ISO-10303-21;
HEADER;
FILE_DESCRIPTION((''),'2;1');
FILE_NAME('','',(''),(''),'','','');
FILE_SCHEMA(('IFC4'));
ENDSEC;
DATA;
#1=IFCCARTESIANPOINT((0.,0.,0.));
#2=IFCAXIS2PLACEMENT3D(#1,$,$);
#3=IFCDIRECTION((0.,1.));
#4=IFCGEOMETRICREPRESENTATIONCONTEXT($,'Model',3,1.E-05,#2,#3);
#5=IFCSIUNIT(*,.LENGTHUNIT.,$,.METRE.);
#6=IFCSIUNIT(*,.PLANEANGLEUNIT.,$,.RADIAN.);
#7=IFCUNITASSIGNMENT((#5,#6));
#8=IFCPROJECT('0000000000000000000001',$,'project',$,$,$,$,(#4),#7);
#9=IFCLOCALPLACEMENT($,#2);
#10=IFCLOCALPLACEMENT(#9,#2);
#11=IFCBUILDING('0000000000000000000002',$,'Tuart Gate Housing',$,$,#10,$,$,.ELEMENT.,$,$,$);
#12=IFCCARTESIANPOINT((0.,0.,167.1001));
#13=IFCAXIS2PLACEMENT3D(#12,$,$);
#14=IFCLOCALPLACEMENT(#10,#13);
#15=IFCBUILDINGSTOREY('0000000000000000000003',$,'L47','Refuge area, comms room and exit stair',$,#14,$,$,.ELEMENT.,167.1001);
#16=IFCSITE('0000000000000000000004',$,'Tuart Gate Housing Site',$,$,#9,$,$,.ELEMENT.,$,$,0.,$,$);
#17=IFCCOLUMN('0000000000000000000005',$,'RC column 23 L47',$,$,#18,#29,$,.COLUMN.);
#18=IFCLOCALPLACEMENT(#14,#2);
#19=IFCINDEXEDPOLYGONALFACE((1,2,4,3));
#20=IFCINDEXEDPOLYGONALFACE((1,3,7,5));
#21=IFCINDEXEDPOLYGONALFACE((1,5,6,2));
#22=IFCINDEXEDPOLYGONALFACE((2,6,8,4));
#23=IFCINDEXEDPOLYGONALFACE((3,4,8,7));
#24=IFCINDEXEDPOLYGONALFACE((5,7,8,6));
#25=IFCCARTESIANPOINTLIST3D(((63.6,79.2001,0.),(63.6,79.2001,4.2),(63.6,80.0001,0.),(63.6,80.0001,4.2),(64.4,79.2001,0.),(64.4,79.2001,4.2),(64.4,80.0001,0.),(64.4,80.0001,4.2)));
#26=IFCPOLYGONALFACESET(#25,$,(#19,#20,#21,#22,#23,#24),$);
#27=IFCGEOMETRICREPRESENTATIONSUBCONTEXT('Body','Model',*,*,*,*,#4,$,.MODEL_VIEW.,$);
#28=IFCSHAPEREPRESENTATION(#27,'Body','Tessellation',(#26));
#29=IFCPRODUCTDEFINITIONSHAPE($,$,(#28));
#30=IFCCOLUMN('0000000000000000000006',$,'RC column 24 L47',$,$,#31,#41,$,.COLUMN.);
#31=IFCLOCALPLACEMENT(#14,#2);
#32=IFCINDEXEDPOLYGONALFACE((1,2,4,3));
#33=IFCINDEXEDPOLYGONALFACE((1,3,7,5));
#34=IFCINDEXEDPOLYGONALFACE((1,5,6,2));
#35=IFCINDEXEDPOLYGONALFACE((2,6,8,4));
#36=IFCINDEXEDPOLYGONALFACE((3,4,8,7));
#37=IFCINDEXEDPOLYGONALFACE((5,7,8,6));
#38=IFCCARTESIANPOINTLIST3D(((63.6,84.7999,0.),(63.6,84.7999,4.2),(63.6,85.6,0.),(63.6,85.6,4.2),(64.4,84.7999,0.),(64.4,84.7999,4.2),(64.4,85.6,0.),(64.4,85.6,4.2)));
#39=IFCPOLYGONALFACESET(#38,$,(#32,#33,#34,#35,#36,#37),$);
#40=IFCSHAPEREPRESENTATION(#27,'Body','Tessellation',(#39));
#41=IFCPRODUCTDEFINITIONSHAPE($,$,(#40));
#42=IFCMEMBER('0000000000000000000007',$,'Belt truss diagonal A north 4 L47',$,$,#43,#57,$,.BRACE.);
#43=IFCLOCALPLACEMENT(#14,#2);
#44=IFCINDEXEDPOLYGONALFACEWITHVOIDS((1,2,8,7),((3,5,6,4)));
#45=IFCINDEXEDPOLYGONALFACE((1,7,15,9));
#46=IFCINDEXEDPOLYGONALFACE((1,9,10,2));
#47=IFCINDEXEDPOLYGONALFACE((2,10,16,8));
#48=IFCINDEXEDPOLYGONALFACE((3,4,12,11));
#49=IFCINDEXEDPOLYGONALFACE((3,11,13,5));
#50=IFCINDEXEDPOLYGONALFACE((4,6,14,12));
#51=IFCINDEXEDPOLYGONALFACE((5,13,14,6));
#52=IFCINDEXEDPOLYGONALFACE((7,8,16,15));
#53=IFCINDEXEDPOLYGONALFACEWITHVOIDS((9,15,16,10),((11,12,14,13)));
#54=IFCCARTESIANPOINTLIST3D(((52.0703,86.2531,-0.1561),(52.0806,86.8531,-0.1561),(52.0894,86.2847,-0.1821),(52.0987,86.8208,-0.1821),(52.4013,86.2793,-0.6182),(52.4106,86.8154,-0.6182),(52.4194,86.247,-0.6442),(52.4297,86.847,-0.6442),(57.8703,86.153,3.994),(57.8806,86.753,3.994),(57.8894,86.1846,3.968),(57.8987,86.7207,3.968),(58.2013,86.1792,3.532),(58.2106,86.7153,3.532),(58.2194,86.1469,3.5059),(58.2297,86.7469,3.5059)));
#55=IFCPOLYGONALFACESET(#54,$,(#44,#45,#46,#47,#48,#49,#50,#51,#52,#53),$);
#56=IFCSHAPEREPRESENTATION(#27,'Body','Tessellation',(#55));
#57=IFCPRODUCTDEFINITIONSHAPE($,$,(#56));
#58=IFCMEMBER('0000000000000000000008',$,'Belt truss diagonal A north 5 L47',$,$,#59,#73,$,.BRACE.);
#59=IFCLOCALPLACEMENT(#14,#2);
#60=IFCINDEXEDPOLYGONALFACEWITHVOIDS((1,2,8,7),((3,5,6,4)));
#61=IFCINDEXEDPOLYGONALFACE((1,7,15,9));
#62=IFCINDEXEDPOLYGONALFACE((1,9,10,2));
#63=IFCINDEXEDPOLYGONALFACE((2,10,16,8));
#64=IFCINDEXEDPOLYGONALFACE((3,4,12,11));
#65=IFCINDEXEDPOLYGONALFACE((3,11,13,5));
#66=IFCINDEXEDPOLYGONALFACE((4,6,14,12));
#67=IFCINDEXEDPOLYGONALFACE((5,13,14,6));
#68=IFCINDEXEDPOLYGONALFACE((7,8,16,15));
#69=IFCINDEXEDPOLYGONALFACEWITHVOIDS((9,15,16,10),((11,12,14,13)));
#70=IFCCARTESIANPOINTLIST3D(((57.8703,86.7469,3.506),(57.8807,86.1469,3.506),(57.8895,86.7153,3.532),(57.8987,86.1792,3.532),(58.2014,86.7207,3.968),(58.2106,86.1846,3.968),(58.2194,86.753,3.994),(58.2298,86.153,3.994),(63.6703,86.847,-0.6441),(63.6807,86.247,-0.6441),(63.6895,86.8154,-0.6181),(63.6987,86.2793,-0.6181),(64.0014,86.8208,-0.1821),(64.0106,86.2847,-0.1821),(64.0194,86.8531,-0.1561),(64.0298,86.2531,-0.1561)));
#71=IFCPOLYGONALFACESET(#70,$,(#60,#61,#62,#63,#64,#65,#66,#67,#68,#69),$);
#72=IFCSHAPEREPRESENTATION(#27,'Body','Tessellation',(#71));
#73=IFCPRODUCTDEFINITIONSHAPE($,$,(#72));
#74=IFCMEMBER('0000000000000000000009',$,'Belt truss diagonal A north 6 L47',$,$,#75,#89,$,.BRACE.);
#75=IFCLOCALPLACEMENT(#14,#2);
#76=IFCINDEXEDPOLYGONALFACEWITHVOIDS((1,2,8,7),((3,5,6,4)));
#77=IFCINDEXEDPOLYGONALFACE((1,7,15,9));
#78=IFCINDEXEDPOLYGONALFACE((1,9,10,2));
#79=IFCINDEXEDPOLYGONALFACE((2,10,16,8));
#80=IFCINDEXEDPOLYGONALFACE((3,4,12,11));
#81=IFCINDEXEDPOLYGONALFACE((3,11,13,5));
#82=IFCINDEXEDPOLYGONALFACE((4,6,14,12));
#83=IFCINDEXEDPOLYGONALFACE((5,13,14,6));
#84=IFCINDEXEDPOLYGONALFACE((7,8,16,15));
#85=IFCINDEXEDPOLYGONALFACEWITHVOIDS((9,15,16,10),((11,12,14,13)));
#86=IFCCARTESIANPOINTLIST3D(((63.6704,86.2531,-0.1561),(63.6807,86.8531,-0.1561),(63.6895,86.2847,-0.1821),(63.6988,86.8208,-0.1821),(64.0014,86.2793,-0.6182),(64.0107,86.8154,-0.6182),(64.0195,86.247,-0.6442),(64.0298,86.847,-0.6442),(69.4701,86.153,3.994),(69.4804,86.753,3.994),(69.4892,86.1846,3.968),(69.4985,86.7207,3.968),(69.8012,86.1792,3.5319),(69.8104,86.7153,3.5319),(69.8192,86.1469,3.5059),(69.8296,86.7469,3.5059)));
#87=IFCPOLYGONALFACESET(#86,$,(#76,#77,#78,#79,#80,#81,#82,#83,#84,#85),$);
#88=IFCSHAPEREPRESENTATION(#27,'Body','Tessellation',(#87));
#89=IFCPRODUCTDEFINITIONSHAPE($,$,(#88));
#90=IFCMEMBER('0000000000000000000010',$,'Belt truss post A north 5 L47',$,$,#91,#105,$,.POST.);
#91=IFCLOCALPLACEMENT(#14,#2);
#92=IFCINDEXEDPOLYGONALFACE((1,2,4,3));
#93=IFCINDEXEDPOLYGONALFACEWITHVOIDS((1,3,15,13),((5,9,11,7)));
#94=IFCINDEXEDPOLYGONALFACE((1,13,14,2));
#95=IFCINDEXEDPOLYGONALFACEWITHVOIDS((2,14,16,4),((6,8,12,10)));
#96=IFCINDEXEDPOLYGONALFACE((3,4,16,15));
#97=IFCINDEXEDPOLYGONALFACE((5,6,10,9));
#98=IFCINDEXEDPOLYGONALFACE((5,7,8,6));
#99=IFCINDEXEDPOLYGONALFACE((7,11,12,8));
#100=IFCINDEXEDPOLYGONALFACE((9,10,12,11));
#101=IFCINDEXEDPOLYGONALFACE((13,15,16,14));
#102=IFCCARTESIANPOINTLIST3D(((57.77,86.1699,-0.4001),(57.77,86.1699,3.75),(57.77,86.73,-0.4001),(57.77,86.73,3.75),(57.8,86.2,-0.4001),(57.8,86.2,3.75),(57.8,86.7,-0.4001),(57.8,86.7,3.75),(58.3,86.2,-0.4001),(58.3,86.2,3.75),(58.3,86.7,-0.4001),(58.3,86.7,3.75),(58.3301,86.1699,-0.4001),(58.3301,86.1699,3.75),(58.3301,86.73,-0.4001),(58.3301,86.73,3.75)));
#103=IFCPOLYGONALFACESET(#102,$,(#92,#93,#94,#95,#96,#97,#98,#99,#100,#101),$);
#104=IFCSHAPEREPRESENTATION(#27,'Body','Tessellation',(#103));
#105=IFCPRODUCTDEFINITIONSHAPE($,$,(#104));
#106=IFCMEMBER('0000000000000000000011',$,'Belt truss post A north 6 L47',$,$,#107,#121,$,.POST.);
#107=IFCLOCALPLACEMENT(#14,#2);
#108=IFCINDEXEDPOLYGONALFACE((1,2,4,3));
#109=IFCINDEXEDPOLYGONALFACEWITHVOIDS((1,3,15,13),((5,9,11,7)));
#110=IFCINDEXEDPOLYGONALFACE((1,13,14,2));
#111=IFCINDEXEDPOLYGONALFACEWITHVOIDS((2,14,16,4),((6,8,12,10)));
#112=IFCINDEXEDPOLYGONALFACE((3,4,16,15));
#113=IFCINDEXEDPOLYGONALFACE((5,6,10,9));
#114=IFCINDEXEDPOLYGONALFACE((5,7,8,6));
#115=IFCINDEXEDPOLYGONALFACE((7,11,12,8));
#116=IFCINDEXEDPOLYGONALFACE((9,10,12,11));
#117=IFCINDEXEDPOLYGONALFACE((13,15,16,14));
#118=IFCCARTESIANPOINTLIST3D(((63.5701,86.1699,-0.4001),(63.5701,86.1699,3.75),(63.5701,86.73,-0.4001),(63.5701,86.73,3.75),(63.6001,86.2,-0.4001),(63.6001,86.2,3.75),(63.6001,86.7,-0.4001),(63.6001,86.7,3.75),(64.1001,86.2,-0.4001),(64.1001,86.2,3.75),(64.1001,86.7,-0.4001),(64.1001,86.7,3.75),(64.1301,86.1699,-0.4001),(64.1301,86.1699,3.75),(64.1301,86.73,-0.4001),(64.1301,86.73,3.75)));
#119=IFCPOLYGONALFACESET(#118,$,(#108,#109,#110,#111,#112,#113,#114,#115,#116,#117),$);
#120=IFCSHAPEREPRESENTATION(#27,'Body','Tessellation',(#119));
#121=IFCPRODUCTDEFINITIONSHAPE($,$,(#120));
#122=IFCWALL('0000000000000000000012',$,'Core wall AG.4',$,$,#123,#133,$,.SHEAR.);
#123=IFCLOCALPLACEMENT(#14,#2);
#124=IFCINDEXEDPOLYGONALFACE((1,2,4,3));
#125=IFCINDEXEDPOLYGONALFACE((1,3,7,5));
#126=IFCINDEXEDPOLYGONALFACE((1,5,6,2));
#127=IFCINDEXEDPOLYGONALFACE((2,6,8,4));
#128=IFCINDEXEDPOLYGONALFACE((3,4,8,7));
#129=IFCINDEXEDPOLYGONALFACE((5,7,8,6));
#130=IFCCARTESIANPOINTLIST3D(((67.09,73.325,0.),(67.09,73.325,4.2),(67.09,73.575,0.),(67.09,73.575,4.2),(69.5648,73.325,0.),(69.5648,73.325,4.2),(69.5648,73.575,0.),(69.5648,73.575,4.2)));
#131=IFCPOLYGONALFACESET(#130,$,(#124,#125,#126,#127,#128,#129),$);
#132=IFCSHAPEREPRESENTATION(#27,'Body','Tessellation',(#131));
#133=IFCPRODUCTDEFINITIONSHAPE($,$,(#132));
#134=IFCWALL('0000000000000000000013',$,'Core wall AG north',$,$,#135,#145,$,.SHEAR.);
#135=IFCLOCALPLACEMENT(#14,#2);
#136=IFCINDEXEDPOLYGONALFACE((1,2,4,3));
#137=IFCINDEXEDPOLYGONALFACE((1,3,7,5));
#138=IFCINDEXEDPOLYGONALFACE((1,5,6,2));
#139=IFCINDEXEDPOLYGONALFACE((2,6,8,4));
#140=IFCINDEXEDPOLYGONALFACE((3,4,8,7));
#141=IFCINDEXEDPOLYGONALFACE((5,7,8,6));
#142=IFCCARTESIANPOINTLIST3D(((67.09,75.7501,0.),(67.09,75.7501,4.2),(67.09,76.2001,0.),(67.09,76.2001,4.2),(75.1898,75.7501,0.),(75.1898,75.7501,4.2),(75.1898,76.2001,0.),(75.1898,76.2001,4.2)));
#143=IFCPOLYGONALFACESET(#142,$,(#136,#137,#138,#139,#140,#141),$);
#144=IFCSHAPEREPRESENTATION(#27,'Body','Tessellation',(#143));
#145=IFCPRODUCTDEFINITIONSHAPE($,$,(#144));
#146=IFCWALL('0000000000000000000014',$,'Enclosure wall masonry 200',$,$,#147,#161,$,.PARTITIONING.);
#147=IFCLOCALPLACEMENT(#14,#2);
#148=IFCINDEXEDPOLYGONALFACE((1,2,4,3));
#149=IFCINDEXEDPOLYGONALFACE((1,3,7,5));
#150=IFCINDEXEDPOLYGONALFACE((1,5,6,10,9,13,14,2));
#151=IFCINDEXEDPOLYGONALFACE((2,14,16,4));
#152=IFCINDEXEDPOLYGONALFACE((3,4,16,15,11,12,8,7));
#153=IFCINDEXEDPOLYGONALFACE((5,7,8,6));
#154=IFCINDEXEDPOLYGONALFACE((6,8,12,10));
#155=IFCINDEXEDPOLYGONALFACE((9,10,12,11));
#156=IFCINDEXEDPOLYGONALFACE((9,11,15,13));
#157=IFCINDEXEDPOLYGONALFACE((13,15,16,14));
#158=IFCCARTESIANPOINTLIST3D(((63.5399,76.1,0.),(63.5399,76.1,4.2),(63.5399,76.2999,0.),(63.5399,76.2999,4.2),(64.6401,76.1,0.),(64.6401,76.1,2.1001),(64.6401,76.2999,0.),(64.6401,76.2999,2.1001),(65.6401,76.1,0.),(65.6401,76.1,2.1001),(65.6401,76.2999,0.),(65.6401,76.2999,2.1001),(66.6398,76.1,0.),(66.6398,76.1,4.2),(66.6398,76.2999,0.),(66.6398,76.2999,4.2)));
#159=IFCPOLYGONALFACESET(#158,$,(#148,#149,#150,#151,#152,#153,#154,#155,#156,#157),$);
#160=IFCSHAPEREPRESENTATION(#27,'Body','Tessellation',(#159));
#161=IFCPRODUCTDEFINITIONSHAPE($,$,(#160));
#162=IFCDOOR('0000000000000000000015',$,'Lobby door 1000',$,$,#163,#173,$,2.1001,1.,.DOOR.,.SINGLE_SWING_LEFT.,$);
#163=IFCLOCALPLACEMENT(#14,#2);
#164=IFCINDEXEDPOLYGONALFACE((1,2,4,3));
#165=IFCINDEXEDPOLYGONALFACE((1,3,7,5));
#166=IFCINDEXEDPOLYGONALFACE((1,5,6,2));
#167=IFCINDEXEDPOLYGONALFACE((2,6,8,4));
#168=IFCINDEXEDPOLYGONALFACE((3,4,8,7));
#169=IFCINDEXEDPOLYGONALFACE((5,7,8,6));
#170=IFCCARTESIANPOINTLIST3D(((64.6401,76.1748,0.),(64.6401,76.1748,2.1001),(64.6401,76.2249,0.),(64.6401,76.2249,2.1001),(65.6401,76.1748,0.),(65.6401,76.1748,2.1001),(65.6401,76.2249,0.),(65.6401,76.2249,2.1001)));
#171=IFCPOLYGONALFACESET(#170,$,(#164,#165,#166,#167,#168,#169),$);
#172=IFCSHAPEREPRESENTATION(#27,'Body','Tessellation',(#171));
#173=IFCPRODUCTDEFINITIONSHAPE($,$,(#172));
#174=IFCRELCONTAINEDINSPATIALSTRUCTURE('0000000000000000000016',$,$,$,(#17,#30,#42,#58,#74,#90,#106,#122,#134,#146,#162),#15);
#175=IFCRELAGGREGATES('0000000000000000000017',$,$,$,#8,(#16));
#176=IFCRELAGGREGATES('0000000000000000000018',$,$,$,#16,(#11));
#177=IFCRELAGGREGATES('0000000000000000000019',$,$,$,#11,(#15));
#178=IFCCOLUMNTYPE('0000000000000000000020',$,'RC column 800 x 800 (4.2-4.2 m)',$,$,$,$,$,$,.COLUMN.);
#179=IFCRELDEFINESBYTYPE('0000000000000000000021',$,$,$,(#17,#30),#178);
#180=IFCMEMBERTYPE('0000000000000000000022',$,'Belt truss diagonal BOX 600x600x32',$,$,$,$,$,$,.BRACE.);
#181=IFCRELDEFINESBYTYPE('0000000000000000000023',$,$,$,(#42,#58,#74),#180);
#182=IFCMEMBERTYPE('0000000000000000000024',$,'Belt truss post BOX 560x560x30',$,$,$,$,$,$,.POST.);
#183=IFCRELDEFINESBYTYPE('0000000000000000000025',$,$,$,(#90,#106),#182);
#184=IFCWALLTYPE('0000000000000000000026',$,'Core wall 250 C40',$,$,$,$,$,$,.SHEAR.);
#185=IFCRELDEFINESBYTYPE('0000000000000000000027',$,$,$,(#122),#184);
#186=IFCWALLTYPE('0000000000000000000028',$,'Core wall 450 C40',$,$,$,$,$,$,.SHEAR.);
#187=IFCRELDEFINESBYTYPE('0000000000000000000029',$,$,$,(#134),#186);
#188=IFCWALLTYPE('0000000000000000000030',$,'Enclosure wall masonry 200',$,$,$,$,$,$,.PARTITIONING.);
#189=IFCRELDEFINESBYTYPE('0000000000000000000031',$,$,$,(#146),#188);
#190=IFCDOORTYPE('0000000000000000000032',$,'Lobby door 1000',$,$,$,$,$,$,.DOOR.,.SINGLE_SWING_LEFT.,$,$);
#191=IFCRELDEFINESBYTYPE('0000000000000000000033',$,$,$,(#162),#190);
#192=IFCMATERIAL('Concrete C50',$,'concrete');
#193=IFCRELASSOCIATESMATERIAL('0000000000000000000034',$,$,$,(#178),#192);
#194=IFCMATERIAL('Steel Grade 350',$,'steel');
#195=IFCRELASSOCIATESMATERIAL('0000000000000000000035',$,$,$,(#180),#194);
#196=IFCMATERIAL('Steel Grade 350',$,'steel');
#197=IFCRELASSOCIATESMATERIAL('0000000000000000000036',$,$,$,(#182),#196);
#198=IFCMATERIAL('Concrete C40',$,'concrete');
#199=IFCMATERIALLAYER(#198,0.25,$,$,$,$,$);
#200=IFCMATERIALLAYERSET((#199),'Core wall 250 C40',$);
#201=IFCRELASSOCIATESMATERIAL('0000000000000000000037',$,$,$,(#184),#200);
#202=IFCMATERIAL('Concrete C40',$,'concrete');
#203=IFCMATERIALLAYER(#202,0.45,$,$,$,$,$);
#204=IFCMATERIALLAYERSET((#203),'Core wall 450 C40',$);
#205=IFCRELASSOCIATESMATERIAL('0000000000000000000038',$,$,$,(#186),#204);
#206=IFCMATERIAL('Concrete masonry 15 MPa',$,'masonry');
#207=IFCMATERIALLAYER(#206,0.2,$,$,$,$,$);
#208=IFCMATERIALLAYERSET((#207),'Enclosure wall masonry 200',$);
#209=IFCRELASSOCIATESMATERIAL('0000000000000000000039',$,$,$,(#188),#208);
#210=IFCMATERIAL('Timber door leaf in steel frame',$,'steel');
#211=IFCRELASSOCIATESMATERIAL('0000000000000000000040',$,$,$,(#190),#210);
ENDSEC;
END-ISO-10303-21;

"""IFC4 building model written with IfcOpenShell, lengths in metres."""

from ifc_helpers import new_model, si_unit, direction, frame, frame_2d, origin, origin_2d, place, context, subcontext, project, spatial, rectangle, hollow_rectangle, extrude, material, layer, layer_set, material_profile, profile_set, type_object, element, fill, save


model = new_model("IFC4")

# Units and contexts
model_context = context("Model", 3, precision=1e-05, world=origin(), true_north=direction((0.0, 1.0)))
body_context = subcontext(model_context, "Body", "Model", "MODEL_VIEW")
ifc_project = project(units=[si_unit("LENGTHUNIT", "METRE"), si_unit("PLANEANGLEUNIT", "RADIAN")], contexts=[model_context])

# Site, building, storey
site_placement = place(None, origin())
site = spatial("IfcSite", under=ifc_project, at=site_placement, Name="Tuart Gate Housing Site", CompositionType="ELEMENT", RefElevation=0.0)
building_placement = place(site_placement, origin())
building = spatial("IfcBuilding", under=site, at=building_placement, Name="Tuart Gate Housing", CompositionType="ELEMENT")
storey_placement = place(building_placement, frame((0.0, 0.0, 167.1001)))
storey = spatial("IfcBuildingStorey", under=building, at=storey_placement, Name="L47", Description="Refuge area, comms room and exit stair", CompositionType="ELEMENT", Elevation=167.1001)

# Columns
ifc_material_1 = material(Name="Concrete C50", Category="concrete")
ifc_material_profile_1 = material_profile(ifc_material_1, rectangle(XDim=0.8, YDim=0.8, at=origin_2d()), Name="RC column 800 x 800 (4.2-4.2 m)")
ifc_profile_set_1 = profile_set([ifc_material_profile_1], Name="Concrete C50")
column_type = type_object("IfcColumnType", Name="RC column 800 x 800 (4.2-4.2 m)", PredefinedType="COLUMN", material=ifc_profile_set_1)
for number, where, z_axis, x_axis, name in (
    (1, (64.0, 79.6001, 0.0), (0.0, 0.0, 1.0), (1.0, 0.0, 0.0), "RC column 23 L47"),
    (2, (64.0, 85.2, 0.0), (0.0, 0.0, 1.0), (1.0, 0.0, 0.0), "RC column 24 L47"),
):
    element("IfcColumn", number, at=place(storey_placement, frame(where, z_axis=z_axis, x_axis=x_axis)), inside=storey, type_object=column_type, Name=name, PredefinedType="COLUMN", context=body_context, shape_type="SweptSolid", body=[
        extrude(rectangle(XDim=0.8, YDim=0.8, at=origin_2d()), origin(), (0.0, 0.0, 1.0), 4.2),
    ])

# Members
ifc_material_2 = material(Name="Steel Grade 350", Category="steel")
ifc_material_profile_2 = material_profile(ifc_material_2, hollow_rectangle(XDim=0.6001, YDim=0.6001, WallThickness=0.032, at=origin_2d()), Name="BOX 600x600x32")
ifc_profile_set_2 = profile_set([ifc_material_profile_2], Name="Steel Grade 350")
member_type_1 = type_object("IfcMemberType", Name="Belt truss diagonal BOX 600x600x32", PredefinedType="BRACE", material=ifc_profile_set_2)
for number, where, z_axis, x_axis, name in (
    (3, (52.25, 86.55, -0.4001), (0.813172, -0.014034, 0.581854), (0.017256, 0.999851, 0.0), "Belt truss diagonal A north 4 L47"),
    (4, (58.05, 86.45, 3.75), (0.813172, 0.014034, -0.581854), (-0.017256, 0.999851, 0.0), "Belt truss diagonal A north 5 L47"),
):
    element("IfcMember", number, at=place(storey_placement, frame(where, z_axis=z_axis, x_axis=x_axis)), inside=storey, type_object=member_type_1, Name=name, PredefinedType="BRACE", context=body_context, shape_type="SweptSolid", body=[
        extrude(hollow_rectangle(XDim=0.6001, YDim=0.6001, WallThickness=0.032, at=origin_2d()), origin(), (0.0, 0.0, 1.0), 7.1326),
    ])
member_placement = place(storey_placement, frame((63.8501, 86.55, -0.4001), z_axis=(0.81316, -0.014034, 0.58187), x_axis=(0.017256, 0.999851, 0.0)))
element("IfcMember", 5, at=member_placement, inside=storey, type_object=member_type_1, Name="Belt truss diagonal A north 6 L47", PredefinedType="BRACE", context=body_context, shape_type="SweptSolid", body=[
    extrude(hollow_rectangle(XDim=0.6001, YDim=0.6001, WallThickness=0.032, at=origin_2d()), origin(), (0.0, 0.0, 1.0), 7.1323),
])
ifc_material_3 = material(Name="Steel Grade 350", Category="steel")
ifc_material_profile_3 = material_profile(ifc_material_3, hollow_rectangle(XDim=0.5601, YDim=0.5601, WallThickness=0.03, at=origin_2d()), Name="BOX 560x560x30")
ifc_profile_set_3 = profile_set([ifc_material_profile_3], Name="Steel Grade 350")
member_type_2 = type_object("IfcMemberType", Name="Belt truss post BOX 560x560x30", PredefinedType="POST", material=ifc_profile_set_3)
for number, where, z_axis, x_axis, name in (
    (6, (58.05, 86.45, -0.4001), (0.0, 0.0, 1.0), (1.0, 0.0, 0.0), "Belt truss post A north 5 L47"),
    (7, (63.8501, 86.45, -0.4001), (0.0, 0.0, 1.0), (1.0, 0.0, 0.0), "Belt truss post A north 6 L47"),
):
    element("IfcMember", number, at=place(storey_placement, frame(where, z_axis=z_axis, x_axis=x_axis)), inside=storey, type_object=member_type_2, Name=name, PredefinedType="POST", context=body_context, shape_type="SweptSolid", body=[
        extrude(hollow_rectangle(XDim=0.5601, YDim=0.5601, WallThickness=0.03, at=origin_2d()), origin(), (0.0, 0.0, 1.0), 4.1501),
    ])

# Walls
ifc_material_4 = material(Name="Concrete C40", Category="concrete")
ifc_layer_1 = layer(ifc_material_4, 0.25)
ifc_layer_set_1 = layer_set([ifc_layer_1], Name="Core wall 250 C40")
wall_type_1 = type_object("IfcWallType", Name="Core wall 250 C40", PredefinedType="SHEAR", material=ifc_layer_set_1)
wall_1_placement = place(storey_placement, frame((67.0901, 73.45, 0.0), z_axis=(0.0, 0.0, 1.0), x_axis=(1.0, 0.0, 0.0)))
element("IfcWall", 8, at=wall_1_placement, inside=storey, type_object=wall_type_1, Name="Core wall AG.4", PredefinedType="SHEAR", context=body_context, shape_type="SweptSolid", body=[
    extrude(rectangle(XDim=2.4749, YDim=0.25, at=frame_2d((1.2373, 0.0))), origin(), (0.0, 0.0, 1.0), 4.2),
])
ifc_material_5 = material(Name="Concrete C40", Category="concrete")
ifc_layer_2 = layer(ifc_material_5, 0.45)
ifc_layer_set_2 = layer_set([ifc_layer_2], Name="Core wall 450 C40")
wall_type_2 = type_object("IfcWallType", Name="Core wall 450 C40", PredefinedType="SHEAR", material=ifc_layer_set_2)
wall_2_placement = place(storey_placement, frame((67.0901, 75.9751, 0.0), z_axis=(0.0, 0.0, 1.0), x_axis=(1.0, 0.0, 0.0)))
element("IfcWall", 9, at=wall_2_placement, inside=storey, type_object=wall_type_2, Name="Core wall AG north", PredefinedType="SHEAR", context=body_context, shape_type="SweptSolid", body=[
    extrude(rectangle(XDim=8.0999, YDim=0.45, at=frame_2d((4.0498, 0.0))), origin(), (0.0, 0.0, 1.0), 4.2),
])

# Wall, opening, door
ifc_material_6 = material(Name="Concrete masonry 15 MPa", Category="masonry")
ifc_layer_3 = layer(ifc_material_6, 0.2)
ifc_layer_set_3 = layer_set([ifc_layer_3], Name="Enclosure wall masonry 200")
wall_type_3 = type_object("IfcWallType", Name="Enclosure wall masonry 200", PredefinedType="PARTITIONING", material=ifc_layer_set_3)
wall_3_placement = place(storey_placement, frame((63.54, 76.2, 0.0), z_axis=(0.0, 0.0, 1.0), x_axis=(1.0, 0.0, 0.0)))
wall_3 = element("IfcWall", 10, at=wall_3_placement, inside=storey, type_object=wall_type_3, Name="Enclosure wall masonry 200", PredefinedType="PARTITIONING", context=body_context, shape_type="SweptSolid", body=[
    extrude(rectangle(XDim=3.0999, YDim=0.2, at=frame_2d((1.5498, 0.0))), origin(), (0.0, 0.0, 1.0), 4.2),
])
opening_1_placement = place(wall_3_placement, frame((1.1001, 0.0, 0.0)))
opening_1 = element("IfcOpeningElement", 11, at=opening_1_placement, cuts=wall_3, PredefinedType="OPENING", context=body_context, shape_type="SweptSolid", body=[
    extrude(rectangle(XDim=1.0, YDim=2.1001, at=frame_2d((0.5, 1.05))), frame((0.0, 0.1099, 0.0), z_axis=(0.0, -1.0, 0.0), x_axis=(1.0, 0.0, 0.0)), (0.0, 0.0, 1.0), 0.22),
])
ifc_material_7 = material(Name="Timber door leaf in steel frame", Category="steel")
door_type_1 = type_object("IfcDoorType", Name="Lobby door 1000", OperationType="SINGLE_SWING_LEFT", PredefinedType="DOOR", material=ifc_material_7)
door_1_placement = place(opening_1_placement, origin())
door_1 = element("IfcDoor", 12, at=door_1_placement, inside=storey, type_object=door_type_1, Name="Lobby door 1000", OperationType="SINGLE_SWING_LEFT", OverallHeight=2.1001, OverallWidth=1.0, PredefinedType="DOOR", context=body_context, shape_type="SweptSolid", body=[
    extrude(rectangle(XDim=1.0, YDim=2.1001, at=frame_2d((0.5, 1.05))), frame((0.0, 0.0249, 0.0), z_axis=(0.0, -1.0, 0.0), x_axis=(1.0, 0.0, 0.0)), (0.0, 0.0, 1.0), 0.05),
])
fill(opening_1, door_1)

save(model, "model.ifc")
